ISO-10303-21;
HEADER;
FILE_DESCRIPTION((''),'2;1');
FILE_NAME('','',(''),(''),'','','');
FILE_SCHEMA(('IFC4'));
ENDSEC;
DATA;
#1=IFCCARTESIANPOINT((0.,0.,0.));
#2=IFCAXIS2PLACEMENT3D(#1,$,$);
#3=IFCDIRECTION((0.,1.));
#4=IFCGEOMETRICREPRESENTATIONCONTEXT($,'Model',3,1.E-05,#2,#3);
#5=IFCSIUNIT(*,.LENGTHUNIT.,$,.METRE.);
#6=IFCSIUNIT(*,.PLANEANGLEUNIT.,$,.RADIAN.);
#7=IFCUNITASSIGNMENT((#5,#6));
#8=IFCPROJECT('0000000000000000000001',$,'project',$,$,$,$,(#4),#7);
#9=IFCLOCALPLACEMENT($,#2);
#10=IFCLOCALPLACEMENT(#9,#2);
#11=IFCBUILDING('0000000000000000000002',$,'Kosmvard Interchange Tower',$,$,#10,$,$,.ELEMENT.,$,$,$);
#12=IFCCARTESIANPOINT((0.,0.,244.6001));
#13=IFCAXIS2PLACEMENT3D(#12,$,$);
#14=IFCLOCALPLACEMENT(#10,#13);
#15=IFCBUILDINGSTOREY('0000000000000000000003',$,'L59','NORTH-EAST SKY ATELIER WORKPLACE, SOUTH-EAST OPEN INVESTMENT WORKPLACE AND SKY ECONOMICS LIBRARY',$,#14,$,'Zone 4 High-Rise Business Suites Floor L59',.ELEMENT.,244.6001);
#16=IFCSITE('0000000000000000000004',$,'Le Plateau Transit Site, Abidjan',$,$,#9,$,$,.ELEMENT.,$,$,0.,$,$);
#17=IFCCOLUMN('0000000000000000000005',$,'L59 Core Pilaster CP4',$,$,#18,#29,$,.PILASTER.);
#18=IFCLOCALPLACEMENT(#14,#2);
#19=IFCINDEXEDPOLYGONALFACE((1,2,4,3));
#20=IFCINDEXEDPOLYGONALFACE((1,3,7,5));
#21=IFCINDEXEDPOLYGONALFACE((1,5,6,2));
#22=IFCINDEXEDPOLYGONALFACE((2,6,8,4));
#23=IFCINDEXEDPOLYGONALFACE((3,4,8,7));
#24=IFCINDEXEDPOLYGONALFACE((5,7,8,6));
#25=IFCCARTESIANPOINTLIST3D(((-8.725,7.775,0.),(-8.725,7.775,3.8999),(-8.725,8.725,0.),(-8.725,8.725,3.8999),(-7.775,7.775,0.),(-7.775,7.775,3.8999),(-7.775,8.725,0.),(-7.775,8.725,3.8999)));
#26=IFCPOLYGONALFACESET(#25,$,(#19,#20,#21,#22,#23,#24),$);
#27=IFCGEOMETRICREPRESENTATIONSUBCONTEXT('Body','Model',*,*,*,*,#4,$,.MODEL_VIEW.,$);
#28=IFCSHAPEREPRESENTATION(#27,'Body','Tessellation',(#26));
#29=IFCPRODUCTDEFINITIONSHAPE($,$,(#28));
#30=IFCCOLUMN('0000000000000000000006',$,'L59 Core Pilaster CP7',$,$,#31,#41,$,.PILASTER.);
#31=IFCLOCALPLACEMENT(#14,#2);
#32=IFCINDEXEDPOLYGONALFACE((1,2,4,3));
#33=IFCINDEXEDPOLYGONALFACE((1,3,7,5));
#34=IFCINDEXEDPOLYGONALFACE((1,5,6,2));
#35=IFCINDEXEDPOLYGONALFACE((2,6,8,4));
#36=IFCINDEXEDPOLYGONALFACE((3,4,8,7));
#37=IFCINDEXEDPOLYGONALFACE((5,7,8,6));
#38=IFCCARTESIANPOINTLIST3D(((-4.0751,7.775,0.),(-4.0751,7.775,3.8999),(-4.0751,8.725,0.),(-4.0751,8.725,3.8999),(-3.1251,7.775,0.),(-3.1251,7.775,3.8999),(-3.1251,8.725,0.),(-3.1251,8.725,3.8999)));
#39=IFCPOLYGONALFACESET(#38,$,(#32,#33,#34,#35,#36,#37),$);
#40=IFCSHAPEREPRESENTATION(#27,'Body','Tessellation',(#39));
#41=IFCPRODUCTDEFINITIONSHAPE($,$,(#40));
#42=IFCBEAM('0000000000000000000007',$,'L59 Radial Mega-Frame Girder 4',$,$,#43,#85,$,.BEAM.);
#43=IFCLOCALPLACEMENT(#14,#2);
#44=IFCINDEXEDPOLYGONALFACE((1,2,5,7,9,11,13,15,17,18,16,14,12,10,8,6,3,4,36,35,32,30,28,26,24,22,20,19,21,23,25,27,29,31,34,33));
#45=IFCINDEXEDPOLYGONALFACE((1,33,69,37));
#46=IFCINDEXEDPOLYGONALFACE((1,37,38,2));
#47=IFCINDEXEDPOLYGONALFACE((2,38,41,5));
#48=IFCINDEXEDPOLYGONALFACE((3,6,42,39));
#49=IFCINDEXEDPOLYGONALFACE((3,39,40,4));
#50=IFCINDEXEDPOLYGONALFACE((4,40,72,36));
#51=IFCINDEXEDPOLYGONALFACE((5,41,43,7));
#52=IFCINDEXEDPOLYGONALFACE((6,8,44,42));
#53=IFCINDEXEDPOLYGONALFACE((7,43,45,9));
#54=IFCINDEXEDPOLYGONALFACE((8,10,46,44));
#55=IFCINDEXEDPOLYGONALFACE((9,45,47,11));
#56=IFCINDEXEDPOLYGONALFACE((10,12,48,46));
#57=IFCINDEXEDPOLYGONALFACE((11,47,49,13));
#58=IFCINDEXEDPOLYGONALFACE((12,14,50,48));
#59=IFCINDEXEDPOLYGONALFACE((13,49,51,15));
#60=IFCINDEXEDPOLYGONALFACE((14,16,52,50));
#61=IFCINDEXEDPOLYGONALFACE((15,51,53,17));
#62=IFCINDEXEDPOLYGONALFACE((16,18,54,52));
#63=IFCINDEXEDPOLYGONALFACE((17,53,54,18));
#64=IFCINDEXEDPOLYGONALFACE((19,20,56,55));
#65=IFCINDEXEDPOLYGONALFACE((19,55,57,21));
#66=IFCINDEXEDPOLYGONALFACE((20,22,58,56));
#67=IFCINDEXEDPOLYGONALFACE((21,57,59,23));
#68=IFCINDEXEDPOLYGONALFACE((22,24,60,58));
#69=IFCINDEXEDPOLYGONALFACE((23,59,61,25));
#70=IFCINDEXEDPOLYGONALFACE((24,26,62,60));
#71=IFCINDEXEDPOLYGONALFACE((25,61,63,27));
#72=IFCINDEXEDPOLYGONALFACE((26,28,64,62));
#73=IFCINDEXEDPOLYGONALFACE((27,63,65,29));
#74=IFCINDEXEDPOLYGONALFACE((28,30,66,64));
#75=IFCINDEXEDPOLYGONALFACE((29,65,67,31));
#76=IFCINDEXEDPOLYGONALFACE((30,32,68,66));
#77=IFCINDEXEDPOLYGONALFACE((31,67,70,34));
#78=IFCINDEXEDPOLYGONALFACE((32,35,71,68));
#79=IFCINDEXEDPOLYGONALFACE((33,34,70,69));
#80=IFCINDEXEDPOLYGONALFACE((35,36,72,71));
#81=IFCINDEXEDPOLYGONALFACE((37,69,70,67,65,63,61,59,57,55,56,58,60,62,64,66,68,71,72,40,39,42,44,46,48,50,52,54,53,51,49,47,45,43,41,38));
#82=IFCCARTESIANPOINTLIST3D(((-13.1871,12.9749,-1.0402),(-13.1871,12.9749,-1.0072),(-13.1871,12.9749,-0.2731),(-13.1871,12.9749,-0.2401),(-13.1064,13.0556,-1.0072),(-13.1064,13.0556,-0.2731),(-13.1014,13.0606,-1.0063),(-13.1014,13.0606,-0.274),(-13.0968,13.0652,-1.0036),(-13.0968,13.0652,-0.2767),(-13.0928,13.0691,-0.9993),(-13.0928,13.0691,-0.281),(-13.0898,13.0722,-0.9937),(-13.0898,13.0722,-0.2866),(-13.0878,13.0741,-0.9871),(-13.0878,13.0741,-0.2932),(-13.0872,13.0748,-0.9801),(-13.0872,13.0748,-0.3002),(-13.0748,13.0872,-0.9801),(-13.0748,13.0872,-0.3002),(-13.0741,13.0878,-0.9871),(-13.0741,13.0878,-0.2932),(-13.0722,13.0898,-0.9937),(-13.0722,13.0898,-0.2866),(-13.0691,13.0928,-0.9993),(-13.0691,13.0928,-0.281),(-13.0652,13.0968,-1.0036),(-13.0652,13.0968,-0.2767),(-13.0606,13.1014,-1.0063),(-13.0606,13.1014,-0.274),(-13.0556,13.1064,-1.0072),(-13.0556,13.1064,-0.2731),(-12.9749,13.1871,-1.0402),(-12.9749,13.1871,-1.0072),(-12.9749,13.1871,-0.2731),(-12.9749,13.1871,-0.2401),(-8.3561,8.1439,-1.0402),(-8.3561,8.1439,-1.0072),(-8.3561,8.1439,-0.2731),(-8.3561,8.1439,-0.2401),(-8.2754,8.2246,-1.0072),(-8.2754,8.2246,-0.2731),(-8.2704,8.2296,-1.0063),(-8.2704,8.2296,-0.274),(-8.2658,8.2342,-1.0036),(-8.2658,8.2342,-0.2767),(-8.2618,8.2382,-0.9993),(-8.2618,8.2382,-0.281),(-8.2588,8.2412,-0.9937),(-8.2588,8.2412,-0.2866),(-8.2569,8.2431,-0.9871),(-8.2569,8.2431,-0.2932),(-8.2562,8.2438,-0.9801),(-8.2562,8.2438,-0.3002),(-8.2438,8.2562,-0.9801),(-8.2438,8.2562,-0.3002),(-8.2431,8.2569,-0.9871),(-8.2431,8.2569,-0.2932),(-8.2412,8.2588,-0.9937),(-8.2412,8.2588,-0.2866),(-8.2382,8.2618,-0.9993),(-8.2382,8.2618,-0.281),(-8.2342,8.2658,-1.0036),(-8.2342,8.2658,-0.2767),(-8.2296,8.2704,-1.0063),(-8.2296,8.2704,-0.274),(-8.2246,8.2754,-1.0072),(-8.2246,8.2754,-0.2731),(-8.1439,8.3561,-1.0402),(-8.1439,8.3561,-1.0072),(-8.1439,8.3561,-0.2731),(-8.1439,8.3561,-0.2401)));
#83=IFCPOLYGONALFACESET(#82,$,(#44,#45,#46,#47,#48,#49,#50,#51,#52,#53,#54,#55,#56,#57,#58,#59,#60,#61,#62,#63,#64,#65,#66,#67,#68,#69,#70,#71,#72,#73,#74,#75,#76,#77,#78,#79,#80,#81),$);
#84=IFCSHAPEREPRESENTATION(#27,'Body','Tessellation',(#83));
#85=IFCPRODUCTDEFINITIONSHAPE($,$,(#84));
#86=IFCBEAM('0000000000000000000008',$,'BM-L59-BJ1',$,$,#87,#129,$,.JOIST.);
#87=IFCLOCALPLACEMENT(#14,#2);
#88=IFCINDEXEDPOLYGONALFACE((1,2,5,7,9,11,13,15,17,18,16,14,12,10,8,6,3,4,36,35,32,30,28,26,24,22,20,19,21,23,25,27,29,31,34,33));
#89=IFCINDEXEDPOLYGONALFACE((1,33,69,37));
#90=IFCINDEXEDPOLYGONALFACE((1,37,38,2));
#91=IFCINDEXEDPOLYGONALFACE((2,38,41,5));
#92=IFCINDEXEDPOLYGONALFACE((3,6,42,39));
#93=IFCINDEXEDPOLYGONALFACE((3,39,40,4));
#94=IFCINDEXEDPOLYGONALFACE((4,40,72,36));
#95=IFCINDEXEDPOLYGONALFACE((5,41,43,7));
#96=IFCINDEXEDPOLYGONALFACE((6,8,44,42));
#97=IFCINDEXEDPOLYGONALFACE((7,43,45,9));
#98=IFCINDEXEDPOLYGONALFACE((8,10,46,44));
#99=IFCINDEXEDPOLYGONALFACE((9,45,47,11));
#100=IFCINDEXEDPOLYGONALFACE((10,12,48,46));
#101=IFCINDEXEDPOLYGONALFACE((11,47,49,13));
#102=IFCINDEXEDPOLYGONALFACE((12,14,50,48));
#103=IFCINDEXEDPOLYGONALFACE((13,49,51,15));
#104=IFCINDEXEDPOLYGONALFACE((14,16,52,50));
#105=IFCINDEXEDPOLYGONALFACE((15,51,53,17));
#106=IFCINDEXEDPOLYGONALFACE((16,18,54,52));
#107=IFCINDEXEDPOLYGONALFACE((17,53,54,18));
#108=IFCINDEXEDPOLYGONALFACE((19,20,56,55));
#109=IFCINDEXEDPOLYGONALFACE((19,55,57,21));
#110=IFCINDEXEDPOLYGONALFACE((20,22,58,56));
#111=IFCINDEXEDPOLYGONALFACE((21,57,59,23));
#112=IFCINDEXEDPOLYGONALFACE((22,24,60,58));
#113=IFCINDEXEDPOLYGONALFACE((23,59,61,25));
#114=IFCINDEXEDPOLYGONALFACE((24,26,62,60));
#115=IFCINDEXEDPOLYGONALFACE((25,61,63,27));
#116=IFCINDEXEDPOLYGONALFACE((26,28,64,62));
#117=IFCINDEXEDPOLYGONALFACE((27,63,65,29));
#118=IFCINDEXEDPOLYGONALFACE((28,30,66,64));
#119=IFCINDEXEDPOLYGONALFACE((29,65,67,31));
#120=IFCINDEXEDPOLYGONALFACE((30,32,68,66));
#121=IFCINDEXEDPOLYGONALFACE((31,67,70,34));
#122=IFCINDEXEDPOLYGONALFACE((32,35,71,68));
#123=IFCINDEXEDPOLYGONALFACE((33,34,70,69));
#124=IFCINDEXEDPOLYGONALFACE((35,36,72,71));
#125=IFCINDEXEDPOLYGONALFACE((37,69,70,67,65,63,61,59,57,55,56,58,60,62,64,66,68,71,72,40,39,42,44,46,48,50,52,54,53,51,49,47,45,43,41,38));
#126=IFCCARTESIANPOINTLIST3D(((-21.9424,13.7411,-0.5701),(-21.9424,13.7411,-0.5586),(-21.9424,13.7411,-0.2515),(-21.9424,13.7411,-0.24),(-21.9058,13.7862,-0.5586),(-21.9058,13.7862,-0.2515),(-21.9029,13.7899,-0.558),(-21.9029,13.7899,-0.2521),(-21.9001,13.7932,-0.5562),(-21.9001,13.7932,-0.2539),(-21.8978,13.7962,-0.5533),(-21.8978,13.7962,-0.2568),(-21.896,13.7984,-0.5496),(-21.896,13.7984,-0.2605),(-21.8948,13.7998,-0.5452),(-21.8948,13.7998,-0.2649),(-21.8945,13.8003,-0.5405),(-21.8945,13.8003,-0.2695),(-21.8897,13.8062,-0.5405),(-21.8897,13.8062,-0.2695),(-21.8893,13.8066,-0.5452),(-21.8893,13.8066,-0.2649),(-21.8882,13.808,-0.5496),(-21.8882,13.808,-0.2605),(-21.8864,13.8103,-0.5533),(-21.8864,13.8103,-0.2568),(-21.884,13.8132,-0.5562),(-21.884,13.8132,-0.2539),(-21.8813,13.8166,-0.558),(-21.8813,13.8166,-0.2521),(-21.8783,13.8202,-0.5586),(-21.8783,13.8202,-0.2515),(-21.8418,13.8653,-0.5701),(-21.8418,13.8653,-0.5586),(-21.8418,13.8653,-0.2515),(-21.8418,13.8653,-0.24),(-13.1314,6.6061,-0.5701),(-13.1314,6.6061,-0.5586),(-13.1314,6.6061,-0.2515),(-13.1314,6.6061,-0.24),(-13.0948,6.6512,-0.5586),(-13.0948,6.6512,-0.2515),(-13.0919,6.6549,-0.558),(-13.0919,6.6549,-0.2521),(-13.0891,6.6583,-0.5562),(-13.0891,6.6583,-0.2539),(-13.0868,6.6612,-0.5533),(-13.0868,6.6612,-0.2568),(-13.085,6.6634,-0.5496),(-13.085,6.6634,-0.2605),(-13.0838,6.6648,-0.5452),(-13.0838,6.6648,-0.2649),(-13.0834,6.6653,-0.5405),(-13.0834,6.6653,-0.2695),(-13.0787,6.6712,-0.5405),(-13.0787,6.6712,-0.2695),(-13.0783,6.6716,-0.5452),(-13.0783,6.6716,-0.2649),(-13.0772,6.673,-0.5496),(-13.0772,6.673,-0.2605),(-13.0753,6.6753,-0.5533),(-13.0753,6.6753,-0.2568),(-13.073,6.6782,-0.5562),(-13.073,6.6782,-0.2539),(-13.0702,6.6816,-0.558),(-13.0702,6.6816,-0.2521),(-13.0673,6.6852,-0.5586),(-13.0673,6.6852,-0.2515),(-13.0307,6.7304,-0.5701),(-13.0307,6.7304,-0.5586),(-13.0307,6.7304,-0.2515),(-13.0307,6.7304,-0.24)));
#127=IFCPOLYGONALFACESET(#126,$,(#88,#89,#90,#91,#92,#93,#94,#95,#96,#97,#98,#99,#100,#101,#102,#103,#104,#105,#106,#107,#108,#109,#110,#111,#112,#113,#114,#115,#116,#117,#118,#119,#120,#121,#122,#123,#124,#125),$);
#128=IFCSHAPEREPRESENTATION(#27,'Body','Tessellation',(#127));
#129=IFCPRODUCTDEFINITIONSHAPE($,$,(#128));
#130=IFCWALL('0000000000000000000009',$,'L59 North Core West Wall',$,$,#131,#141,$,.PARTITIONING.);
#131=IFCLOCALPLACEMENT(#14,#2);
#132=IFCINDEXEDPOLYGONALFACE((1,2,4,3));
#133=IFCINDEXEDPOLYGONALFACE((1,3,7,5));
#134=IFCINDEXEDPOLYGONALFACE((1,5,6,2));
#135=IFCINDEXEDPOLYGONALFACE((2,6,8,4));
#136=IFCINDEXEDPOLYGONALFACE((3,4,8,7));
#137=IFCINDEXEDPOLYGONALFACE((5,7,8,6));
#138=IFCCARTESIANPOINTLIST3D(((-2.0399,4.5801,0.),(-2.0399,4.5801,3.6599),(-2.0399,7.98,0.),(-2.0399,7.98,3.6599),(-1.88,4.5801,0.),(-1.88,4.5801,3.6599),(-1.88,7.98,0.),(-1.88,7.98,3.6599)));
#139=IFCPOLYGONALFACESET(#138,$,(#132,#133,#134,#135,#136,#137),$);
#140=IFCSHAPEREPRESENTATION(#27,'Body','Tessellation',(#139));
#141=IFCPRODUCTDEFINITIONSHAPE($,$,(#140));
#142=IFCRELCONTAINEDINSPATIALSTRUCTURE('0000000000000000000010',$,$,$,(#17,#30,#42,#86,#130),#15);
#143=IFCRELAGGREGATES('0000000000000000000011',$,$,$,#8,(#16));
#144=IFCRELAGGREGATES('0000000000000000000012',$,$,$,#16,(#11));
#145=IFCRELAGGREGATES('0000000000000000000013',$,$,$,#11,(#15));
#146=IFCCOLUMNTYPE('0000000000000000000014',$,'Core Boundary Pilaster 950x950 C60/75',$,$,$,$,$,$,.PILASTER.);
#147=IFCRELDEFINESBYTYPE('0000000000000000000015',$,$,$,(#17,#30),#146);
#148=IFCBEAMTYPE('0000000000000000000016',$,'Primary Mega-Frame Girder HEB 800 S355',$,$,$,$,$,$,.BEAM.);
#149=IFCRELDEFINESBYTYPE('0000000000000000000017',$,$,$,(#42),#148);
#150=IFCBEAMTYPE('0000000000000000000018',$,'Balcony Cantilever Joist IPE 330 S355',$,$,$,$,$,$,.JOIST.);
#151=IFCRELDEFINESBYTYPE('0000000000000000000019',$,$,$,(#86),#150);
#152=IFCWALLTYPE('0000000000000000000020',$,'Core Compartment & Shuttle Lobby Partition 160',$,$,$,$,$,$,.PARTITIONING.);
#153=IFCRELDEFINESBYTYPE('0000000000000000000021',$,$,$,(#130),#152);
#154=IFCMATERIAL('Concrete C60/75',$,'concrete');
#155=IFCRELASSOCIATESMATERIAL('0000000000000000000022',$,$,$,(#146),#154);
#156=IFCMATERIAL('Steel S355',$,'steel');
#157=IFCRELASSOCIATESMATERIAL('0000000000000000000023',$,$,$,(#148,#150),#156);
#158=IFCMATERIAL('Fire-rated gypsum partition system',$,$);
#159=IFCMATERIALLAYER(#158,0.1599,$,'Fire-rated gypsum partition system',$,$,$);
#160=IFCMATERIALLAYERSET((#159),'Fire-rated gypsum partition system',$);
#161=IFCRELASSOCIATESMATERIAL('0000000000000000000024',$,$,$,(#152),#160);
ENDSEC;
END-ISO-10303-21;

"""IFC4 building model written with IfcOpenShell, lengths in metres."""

from ifc_helpers import new_model, si_unit, direction, frame, frame_2d, origin, origin_2d, place, context, subcontext, project, spatial, rectangle, i_section, extrude, source, transform, mapped, material, layer, layer_set, material_profile, profile_set, type_object, element, save


model = new_model("IFC4")

# Units and contexts
model_context = context("Model", 3, precision=1e-05, world=origin(), true_north=direction((0.0, 1.0)))
body_context = subcontext(model_context, "Body", "Model", "MODEL_VIEW")
ifc_project = project(units=[si_unit("LENGTHUNIT", "METRE"), si_unit("PLANEANGLEUNIT", "RADIAN")], contexts=[model_context])

# Site, building, storey
site_placement = place(None, origin())
site = spatial("IfcSite", under=ifc_project, at=site_placement, Name="Le Plateau Transit Site, Abidjan", CompositionType="ELEMENT", RefElevation=0.0)
building_placement = place(site_placement, origin())
building = spatial("IfcBuilding", under=site, at=building_placement, Name="Kosmvard Interchange Tower", CompositionType="ELEMENT")
storey_placement = place(building_placement, frame((0.0, 0.0, 244.6001)))
storey = spatial("IfcBuildingStorey", under=building, at=storey_placement, Name="L59", Description="NORTH-EAST SKY ATELIER WORKPLACE, SOUTH-EAST OPEN INVESTMENT WORKPLACE AND SKY ECONOMICS LIBRARY", LongName="Zone 4 High-Rise Business Suites Floor L59", CompositionType="ELEMENT", Elevation=244.6001)

# Columns
ifc_material_1 = material(Name="Concrete C60/75", Category="concrete")
ifc_material_profile_1 = material_profile(ifc_material_1, rectangle(XDim=0.95, YDim=0.95, at=origin_2d()), Name="CP 950x950")
ifc_profile_set_1 = profile_set([ifc_material_profile_1], Name="Concrete C60/75")
column_type = type_object("IfcColumnType", Name="Core Boundary Pilaster 950x950 C60/75", PredefinedType="PILASTER", material=ifc_profile_set_1)
shared_shape_1 = source(origin(), body_context, "Body", "SweptSolid", [
    extrude(rectangle(XDim=0.95, YDim=0.95, at=origin_2d()), origin(), (0.0, 0.0, 1.0), 3.8999),
])
for number, where, z_axis, x_axis, name in (
    (1, (-8.25, 8.25, 0.0), (0.0, 0.0, 1.0), (1.0, 0.0, 0.0), "L59 Core Pilaster CP4"),
    (2, (-3.6001, 8.25, 0.0), (0.0, 0.0, 1.0), (1.0, 0.0, 0.0), "L59 Core Pilaster CP7"),
):
    element("IfcColumn", number, at=place(storey_placement, frame(where, z_axis=z_axis, x_axis=x_axis)), inside=storey, type_object=column_type, Name=name, PredefinedType="PILASTER", context=body_context, shape_type="MappedRepresentation", body=[
        mapped(shared_shape_1, transform((0.0, 0.0, 0.0), scale=1.0)),
    ])

# Beams
ifc_material_2 = material(Name="Steel S355", Category="steel")
ifc_material_profile_2 = material_profile(ifc_material_2, i_section(OverallWidth=0.3, OverallDepth=0.8, WebThickness=0.0176, FlangeThickness=0.033, FilletRadius=0.0271, at=origin_2d()), Name="HEB 800")
ifc_profile_set_2 = profile_set([ifc_material_profile_2], Name="Steel S355")
beam_type_1 = type_object("IfcBeamType", Name="Primary Mega-Frame Girder HEB 800 S355", PredefinedType="BEAM", material=ifc_profile_set_2)
shared_shape_2 = source(origin(), body_context, "Body", "SweptSolid", [
    extrude(i_section(OverallWidth=0.3, OverallDepth=0.8, WebThickness=0.0176, FlangeThickness=0.033, FilletRadius=0.0271, at=origin_2d()), origin(), (0.0, 0.0, 1.0), 6.832),
])
beam_1_placement = place(storey_placement, frame((-8.25, 8.25, -0.6401), z_axis=(-0.707107, 0.707107, 0.0), x_axis=(-0.707107, -0.707107, 0.0)))
element("IfcBeam", 3, at=beam_1_placement, inside=storey, type_object=beam_type_1, Name="L59 Radial Mega-Frame Girder 4", PredefinedType="BEAM", context=body_context, shape_type="MappedRepresentation", body=[
    mapped(shared_shape_2, transform((0.0, 0.0, 0.0), scale=1.0)),
])
ifc_material_profile_3 = material_profile(ifc_material_2, i_section(OverallWidth=0.1599, OverallDepth=0.3301, WebThickness=0.0076, FlangeThickness=0.0115, FilletRadius=0.0181, at=origin_2d()), Name="IPE 330")
ifc_profile_set_3 = profile_set([ifc_material_profile_3], Name="Steel S355")
beam_type_2 = type_object("IfcBeamType", Name="Balcony Cantilever Joist IPE 330 S355", PredefinedType="JOIST", material=ifc_profile_set_3)
shared_shape_3 = source(origin(), body_context, "Body", "SweptSolid", [
    extrude(i_section(OverallWidth=0.1599, OverallDepth=0.3301, WebThickness=0.0076, FlangeThickness=0.0115, FilletRadius=0.0181, at=origin_2d()), origin(), (0.0, 0.0, 1.0), 11.3376),
])
beam_2_placement = place(storey_placement, frame((-13.0811, 6.6682, -0.405), z_axis=(-0.777147, 0.629319, 0.0), x_axis=(-0.629319, -0.777147, 0.0)))
element("IfcBeam", 4, at=beam_2_placement, inside=storey, type_object=beam_type_2, Name="BM-L59-BJ1", PredefinedType="JOIST", context=body_context, shape_type="MappedRepresentation", body=[
    mapped(shared_shape_3, transform((0.0, 0.0, 0.0), scale=1.0)),
])

# Wall
ifc_material_3 = material(Name="Fire-rated gypsum partition system")
ifc_layer_1 = layer(ifc_material_3, 0.1599, Name="Fire-rated gypsum partition system")
ifc_layer_set_1 = layer_set([ifc_layer_1], Name="Fire-rated gypsum partition system")
wall_type_1 = type_object("IfcWallType", Name="Core Compartment & Shuttle Lobby Partition 160", PredefinedType="PARTITIONING", material=ifc_layer_set_1)
wall_1_placement = place(storey_placement, frame((-1.96, 4.5801, 0.0), z_axis=(0.0, 0.0, 1.0), x_axis=(0.0, 1.0, 0.0)))
element("IfcWall", 5, at=wall_1_placement, inside=storey, type_object=wall_type_1, Name="L59 North Core West Wall", PredefinedType="PARTITIONING", context=body_context, shape_type="SweptSolid", body=[
    extrude(rectangle(XDim=3.3999, YDim=0.1599, at=frame_2d((1.7, 0.0))), origin(), (0.0, 0.0, 1.0), 3.6599),
])

save(model, "model.ifc")
